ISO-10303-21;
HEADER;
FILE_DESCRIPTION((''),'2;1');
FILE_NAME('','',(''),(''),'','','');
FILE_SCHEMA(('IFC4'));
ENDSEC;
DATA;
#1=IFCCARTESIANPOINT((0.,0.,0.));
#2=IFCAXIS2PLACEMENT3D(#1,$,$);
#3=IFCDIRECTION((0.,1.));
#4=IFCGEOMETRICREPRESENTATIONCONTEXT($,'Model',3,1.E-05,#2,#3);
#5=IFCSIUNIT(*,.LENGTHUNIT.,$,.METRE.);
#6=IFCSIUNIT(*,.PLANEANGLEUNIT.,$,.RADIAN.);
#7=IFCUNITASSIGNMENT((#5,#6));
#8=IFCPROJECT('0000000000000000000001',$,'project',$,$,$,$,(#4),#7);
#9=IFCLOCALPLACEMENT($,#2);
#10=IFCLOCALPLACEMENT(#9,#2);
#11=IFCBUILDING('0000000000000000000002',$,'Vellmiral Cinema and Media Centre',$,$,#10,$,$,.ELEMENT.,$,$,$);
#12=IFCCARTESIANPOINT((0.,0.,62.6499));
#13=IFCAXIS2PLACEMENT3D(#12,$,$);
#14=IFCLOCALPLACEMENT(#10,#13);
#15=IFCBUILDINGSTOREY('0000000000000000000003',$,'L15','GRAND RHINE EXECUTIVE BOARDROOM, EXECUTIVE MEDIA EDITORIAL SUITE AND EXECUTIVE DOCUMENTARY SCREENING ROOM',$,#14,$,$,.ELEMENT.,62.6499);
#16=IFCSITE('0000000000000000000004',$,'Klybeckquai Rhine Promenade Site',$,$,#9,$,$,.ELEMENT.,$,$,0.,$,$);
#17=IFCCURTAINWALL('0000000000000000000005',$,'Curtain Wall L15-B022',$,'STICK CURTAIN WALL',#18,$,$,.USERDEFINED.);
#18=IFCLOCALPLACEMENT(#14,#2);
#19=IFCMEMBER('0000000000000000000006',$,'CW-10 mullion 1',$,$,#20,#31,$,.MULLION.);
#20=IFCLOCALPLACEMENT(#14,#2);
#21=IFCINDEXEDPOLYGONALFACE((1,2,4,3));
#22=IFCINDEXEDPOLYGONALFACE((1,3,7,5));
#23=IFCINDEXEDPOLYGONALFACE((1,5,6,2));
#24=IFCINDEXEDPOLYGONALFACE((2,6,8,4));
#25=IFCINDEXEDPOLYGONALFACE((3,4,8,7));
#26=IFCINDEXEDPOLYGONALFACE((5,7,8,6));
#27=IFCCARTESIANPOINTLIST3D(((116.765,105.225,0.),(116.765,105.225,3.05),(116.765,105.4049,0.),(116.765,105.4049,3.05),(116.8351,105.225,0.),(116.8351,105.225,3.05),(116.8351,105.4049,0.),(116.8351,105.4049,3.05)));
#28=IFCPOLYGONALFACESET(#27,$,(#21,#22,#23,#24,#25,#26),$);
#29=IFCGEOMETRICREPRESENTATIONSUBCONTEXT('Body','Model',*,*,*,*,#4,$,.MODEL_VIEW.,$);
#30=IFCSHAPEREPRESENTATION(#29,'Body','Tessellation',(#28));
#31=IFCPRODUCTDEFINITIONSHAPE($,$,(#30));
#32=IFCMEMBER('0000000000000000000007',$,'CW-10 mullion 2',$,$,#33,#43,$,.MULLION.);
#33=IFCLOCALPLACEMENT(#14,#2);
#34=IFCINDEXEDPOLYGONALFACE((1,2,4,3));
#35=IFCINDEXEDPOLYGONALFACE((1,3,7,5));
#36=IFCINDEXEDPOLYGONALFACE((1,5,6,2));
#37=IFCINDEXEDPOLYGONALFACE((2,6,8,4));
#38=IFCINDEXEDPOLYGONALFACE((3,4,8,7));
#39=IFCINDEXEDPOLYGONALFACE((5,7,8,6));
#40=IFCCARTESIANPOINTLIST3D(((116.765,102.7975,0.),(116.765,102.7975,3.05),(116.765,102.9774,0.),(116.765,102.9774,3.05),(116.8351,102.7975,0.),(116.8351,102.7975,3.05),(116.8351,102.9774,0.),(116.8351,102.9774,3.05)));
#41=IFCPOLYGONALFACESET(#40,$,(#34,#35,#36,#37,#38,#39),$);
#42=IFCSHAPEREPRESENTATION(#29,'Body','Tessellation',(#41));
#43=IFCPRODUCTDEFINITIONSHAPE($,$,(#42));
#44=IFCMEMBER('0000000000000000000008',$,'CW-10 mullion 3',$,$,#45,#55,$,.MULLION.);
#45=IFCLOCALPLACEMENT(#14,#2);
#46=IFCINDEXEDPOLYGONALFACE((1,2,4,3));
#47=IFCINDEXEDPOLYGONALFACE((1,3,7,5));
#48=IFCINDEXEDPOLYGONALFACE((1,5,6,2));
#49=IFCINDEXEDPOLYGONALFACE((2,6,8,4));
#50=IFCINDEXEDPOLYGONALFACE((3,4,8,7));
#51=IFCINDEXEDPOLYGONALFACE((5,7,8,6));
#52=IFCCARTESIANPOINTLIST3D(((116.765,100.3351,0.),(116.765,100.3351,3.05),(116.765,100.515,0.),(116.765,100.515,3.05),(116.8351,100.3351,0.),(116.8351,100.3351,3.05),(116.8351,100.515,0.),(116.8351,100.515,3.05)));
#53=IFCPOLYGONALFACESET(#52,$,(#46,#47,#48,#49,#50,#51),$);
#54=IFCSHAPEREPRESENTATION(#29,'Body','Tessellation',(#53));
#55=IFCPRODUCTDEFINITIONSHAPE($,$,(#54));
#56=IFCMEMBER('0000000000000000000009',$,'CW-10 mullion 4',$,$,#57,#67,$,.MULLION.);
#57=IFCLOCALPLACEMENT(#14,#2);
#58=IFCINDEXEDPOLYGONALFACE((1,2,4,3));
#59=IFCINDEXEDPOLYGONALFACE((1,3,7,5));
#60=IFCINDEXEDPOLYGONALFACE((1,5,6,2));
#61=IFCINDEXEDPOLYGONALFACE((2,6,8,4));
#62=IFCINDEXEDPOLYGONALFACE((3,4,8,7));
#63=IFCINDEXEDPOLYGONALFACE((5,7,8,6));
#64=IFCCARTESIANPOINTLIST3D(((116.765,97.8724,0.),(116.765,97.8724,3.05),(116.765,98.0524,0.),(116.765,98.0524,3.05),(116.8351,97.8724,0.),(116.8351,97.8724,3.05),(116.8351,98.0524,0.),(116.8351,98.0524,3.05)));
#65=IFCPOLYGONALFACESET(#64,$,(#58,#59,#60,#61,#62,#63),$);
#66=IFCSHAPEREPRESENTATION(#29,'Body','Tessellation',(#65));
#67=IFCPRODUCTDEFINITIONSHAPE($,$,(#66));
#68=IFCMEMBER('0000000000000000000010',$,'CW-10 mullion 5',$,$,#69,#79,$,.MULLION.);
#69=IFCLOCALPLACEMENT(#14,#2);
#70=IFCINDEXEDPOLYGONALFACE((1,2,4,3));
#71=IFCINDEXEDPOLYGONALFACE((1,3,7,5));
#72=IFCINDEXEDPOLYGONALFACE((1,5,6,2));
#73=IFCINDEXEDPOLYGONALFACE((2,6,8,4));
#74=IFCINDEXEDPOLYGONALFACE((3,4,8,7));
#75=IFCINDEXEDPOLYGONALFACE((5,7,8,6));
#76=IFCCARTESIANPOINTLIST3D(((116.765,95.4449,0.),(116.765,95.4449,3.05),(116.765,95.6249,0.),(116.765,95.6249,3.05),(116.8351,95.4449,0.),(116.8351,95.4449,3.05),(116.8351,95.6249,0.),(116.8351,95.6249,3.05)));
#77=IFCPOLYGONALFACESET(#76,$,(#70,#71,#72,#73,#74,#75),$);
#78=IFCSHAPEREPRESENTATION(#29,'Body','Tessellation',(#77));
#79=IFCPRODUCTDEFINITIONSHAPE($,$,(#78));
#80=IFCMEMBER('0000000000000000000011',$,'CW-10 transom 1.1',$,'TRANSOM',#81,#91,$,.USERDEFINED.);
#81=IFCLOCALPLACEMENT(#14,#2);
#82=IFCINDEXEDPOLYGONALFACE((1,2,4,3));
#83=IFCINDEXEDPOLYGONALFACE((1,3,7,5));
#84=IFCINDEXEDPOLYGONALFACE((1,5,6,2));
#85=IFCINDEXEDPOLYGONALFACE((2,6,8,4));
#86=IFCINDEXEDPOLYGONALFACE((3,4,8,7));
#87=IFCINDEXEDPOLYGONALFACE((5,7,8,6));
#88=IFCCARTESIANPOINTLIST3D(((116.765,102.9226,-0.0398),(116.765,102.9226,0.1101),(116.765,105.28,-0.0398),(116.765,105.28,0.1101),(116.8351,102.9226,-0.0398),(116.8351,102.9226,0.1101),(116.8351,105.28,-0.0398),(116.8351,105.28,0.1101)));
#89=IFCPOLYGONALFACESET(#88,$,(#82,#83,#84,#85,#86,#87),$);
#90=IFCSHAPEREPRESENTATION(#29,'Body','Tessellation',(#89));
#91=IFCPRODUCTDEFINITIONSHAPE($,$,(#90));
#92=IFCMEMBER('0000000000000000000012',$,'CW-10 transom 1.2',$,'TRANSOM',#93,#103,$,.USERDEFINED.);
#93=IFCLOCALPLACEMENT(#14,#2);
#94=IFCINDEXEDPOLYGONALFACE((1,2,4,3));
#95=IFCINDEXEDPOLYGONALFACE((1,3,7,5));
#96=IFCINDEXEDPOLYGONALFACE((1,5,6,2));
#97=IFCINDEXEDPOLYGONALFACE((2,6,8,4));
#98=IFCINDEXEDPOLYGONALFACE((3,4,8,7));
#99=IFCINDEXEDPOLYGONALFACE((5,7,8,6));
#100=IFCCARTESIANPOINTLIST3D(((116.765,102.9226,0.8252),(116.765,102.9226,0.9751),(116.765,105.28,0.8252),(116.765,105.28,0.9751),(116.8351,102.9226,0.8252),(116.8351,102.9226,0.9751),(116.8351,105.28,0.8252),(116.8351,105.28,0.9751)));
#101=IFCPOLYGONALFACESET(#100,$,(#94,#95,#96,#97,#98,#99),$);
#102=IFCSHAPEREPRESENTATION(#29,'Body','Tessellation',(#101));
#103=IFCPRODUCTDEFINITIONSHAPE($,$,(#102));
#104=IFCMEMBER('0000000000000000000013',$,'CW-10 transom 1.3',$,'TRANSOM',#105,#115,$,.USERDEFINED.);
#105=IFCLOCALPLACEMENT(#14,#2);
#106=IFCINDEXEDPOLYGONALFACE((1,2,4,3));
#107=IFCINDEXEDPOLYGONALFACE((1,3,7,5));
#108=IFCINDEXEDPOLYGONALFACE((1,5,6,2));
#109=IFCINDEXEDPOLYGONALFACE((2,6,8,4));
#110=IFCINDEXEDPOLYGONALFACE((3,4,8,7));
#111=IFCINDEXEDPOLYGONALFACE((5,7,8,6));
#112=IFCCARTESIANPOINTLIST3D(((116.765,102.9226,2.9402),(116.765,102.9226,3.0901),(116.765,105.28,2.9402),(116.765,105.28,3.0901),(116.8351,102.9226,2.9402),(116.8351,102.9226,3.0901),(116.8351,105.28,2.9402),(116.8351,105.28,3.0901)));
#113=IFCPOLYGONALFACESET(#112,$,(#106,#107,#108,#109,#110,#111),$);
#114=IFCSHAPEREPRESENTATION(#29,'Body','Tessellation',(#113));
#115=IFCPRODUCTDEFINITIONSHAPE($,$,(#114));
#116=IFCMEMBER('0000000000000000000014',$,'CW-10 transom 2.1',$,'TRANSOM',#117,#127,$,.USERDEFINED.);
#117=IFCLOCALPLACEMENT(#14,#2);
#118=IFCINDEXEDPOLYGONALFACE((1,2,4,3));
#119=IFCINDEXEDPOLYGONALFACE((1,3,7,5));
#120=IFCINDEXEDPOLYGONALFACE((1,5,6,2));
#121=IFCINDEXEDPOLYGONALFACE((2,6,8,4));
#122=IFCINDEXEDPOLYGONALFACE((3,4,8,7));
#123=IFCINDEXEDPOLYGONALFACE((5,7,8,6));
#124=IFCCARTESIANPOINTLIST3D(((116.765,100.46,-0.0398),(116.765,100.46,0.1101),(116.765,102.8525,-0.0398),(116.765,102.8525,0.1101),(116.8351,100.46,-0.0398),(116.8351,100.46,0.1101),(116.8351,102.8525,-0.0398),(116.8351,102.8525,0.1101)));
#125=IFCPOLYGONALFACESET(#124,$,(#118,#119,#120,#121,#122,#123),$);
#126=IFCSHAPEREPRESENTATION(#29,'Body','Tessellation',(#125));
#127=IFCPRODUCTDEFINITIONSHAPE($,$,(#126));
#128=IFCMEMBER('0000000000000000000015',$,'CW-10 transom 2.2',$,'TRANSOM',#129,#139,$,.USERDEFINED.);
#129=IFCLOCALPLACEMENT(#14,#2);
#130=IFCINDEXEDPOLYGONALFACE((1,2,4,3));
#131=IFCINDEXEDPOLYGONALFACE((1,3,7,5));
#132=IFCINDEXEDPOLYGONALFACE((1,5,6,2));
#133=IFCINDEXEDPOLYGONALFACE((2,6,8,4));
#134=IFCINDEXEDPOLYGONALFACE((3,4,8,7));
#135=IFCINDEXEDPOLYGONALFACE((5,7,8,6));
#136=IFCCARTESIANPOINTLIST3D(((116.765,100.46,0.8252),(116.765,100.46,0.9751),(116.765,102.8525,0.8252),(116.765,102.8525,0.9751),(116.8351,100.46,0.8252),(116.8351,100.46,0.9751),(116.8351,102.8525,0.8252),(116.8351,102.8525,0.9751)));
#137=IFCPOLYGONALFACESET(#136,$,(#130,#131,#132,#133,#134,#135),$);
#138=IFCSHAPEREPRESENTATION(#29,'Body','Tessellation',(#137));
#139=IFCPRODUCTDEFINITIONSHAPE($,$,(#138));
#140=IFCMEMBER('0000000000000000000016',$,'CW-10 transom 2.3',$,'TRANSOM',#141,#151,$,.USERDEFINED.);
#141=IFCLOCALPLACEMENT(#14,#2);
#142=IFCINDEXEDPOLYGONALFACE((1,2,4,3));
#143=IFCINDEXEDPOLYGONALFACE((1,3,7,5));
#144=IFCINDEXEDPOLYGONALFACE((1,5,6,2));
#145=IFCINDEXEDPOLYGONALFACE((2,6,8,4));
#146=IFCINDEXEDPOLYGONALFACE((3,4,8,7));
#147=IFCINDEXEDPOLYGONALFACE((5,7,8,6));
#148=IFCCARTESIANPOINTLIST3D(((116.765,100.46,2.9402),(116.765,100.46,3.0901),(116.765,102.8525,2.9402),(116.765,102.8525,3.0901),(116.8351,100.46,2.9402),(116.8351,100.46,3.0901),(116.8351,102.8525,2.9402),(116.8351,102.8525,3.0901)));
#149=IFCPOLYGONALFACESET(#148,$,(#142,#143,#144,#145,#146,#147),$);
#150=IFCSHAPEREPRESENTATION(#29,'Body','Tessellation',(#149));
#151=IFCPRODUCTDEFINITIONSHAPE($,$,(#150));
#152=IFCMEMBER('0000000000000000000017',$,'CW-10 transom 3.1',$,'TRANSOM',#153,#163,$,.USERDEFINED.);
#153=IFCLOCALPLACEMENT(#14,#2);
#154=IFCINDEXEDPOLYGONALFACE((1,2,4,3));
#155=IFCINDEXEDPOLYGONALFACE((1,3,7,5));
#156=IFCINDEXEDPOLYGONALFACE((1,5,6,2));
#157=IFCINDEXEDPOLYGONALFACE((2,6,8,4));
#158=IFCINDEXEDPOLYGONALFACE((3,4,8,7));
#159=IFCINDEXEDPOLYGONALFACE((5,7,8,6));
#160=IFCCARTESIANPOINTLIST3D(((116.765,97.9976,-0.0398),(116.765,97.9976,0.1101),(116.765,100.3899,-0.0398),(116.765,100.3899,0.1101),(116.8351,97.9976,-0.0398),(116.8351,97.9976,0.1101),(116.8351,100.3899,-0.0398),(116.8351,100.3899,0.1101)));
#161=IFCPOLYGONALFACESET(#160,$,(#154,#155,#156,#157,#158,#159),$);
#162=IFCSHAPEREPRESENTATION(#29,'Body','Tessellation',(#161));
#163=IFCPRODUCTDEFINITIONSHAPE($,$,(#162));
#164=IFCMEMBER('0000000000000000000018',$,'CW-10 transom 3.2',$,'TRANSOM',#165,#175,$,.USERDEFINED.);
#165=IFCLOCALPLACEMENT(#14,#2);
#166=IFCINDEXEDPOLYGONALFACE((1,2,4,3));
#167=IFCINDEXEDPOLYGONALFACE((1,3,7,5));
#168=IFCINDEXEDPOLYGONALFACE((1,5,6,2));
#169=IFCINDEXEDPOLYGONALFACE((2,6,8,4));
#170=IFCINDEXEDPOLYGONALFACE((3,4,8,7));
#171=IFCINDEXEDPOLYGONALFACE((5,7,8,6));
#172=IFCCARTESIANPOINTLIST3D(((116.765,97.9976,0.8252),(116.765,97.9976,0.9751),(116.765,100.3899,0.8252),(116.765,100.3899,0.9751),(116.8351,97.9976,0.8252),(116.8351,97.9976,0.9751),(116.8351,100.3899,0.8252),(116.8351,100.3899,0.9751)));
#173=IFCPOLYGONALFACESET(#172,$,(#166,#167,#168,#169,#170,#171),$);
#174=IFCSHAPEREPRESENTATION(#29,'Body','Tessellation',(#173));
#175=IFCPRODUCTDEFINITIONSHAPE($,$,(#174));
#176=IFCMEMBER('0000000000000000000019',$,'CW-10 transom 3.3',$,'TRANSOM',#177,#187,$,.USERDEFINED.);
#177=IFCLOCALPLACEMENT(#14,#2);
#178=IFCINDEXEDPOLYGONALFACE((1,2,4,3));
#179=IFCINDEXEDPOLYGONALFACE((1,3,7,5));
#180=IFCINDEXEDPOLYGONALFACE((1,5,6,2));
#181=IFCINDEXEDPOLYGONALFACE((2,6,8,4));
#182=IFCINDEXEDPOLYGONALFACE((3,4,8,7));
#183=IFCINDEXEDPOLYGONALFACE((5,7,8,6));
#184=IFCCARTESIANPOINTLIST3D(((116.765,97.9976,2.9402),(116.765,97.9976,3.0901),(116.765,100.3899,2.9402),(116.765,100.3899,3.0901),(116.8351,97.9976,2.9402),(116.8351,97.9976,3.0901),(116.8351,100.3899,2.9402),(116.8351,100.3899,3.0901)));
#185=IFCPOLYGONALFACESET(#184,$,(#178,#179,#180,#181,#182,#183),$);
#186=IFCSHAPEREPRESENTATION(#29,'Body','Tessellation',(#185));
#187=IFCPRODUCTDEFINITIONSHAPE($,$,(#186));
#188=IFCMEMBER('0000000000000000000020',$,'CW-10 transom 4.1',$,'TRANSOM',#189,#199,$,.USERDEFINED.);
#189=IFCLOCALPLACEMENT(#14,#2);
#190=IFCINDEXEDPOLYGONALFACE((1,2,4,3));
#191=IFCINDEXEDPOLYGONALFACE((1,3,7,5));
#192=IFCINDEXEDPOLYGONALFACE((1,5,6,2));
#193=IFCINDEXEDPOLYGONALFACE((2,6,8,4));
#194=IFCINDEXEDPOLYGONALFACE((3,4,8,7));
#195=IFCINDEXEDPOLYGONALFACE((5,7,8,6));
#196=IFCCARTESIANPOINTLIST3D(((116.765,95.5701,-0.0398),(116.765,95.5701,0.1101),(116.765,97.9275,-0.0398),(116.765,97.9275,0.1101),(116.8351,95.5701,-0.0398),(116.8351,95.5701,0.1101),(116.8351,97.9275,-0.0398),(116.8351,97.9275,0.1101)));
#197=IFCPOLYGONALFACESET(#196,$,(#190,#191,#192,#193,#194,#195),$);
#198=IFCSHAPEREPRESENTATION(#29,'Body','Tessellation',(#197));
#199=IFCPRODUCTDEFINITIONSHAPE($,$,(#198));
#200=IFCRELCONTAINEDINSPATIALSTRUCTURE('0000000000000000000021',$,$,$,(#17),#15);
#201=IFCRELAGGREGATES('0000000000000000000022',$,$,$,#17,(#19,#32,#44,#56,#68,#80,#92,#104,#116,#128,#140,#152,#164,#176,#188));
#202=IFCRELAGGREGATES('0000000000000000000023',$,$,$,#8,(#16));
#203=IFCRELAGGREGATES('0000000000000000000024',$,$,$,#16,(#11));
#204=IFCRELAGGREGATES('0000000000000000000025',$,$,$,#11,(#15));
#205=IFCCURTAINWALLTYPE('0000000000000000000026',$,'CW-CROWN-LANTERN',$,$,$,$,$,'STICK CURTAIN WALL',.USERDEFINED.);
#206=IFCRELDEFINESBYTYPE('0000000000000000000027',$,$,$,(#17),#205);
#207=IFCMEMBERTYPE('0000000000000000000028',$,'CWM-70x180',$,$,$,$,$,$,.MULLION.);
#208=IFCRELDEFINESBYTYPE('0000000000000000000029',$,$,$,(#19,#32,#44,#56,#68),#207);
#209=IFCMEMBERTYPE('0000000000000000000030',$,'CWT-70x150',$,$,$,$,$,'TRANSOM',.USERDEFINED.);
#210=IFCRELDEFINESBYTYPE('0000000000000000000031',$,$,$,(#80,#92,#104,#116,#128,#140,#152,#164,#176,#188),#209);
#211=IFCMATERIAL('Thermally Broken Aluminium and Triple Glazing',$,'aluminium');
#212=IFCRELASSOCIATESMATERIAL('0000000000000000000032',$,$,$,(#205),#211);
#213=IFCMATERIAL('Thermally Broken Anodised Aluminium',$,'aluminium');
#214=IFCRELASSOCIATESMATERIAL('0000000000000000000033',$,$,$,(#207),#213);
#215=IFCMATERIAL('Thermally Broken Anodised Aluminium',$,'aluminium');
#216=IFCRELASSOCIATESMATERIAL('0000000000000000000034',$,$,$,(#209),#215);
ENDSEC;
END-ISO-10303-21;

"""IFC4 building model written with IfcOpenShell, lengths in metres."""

from ifc_helpers import new_model, si_unit, direction, frame, origin, origin_2d, place, context, subcontext, project, spatial, rectangle, extrude, material, material_profile, profile_set, type_object, element, aggregate, save


model = new_model("IFC4")

# Units and contexts
model_context = context("Model", 3, precision=1e-05, world=origin(), true_north=direction((0.0, 1.0)))
body_context = subcontext(model_context, "Body", "Model", "MODEL_VIEW")
ifc_project = project(units=[si_unit("LENGTHUNIT", "METRE"), si_unit("PLANEANGLEUNIT", "RADIAN")], contexts=[model_context])

# Site, building, storey
site_placement = place(None, origin())
site = spatial("IfcSite", under=ifc_project, at=site_placement, Name="Klybeckquai Rhine Promenade Site", CompositionType="ELEMENT", RefElevation=0.0)
building_placement = place(site_placement, origin())
building = spatial("IfcBuilding", under=site, at=building_placement, Name="Vellmiral Cinema and Media Centre", CompositionType="ELEMENT")
storey_placement = place(building_placement, frame((0.0, 0.0, 62.6499)))
storey = spatial("IfcBuildingStorey", under=building, at=storey_placement, Name="L15", Description="GRAND RHINE EXECUTIVE BOARDROOM, EXECUTIVE MEDIA EDITORIAL SUITE AND EXECUTIVE DOCUMENTARY SCREENING ROOM", CompositionType="ELEMENT", Elevation=62.6499)

# Curtain wall, members
ifc_material_1 = material(Name="Thermally Broken Aluminium and Triple Glazing", Category="aluminium")
curtain_wall_type = type_object("IfcCurtainWallType", Name="CW-CROWN-LANTERN", ElementType="STICK CURTAIN WALL", PredefinedType="USERDEFINED", material=ifc_material_1)
curtain_wall_placement = place(storey_placement, origin())
curtain_wall = element("IfcCurtainWall", 1, at=curtain_wall_placement, inside=storey, type_object=curtain_wall_type, Name="Curtain Wall L15-B022", ObjectType="STICK CURTAIN WALL", PredefinedType="USERDEFINED")
ifc_material_2 = material(Name="Thermally Broken Anodised Aluminium", Category="aluminium")
ifc_material_profile_1 = material_profile(ifc_material_2, rectangle(XDim=0.0701, YDim=0.1799, at=origin_2d()), Name="MULL 70x180")
ifc_profile_set_1 = profile_set([ifc_material_profile_1], Name="Thermally Broken Anodised Aluminium")
member_type_1 = type_object("IfcMemberType", Name="CWM-70x180", PredefinedType="MULLION", material=ifc_profile_set_1)
member_1_placement = place(storey_placement, frame((116.8, 105.3149, 0.0), z_axis=(0.0, 0.0, 1.0), x_axis=(1.0, 0.0, 0.0)))
member_1 = element("IfcMember", 2, at=member_1_placement, type_object=member_type_1, Name="CW-10 mullion 1", PredefinedType="MULLION", context=body_context, shape_type="SweptSolid", body=[
    extrude(rectangle(XDim=0.0701, YDim=0.1799, at=origin_2d()), origin(), (0.0, 0.0, 1.0), 3.05),
])
member_2_placement = place(storey_placement, frame((116.8, 102.8875, 0.0), z_axis=(0.0, 0.0, 1.0), x_axis=(1.0, 0.0, 0.0)))
member_2 = element("IfcMember", 3, at=member_2_placement, type_object=member_type_1, Name="CW-10 mullion 2", PredefinedType="MULLION", context=body_context, shape_type="SweptSolid", body=[
    extrude(rectangle(XDim=0.0701, YDim=0.1799, at=origin_2d()), origin(), (0.0, 0.0, 1.0), 3.05),
])
member_3_placement = place(storey_placement, frame((116.8, 100.425, 0.0), z_axis=(0.0, 0.0, 1.0), x_axis=(1.0, 0.0, 0.0)))
member_3 = element("IfcMember", 4, at=member_3_placement, type_object=member_type_1, Name="CW-10 mullion 3", PredefinedType="MULLION", context=body_context, shape_type="SweptSolid", body=[
    extrude(rectangle(XDim=0.0701, YDim=0.1799, at=origin_2d()), origin(), (0.0, 0.0, 1.0), 3.05),
])
member_4_placement = place(storey_placement, frame((116.8, 97.9624, 0.0), z_axis=(0.0, 0.0, 1.0), x_axis=(1.0, 0.0, 0.0)))
member_4 = element("IfcMember", 5, at=member_4_placement, type_object=member_type_1, Name="CW-10 mullion 4", PredefinedType="MULLION", context=body_context, shape_type="SweptSolid", body=[
    extrude(rectangle(XDim=0.0701, YDim=0.1799, at=origin_2d()), origin(), (0.0, 0.0, 1.0), 3.05),
])
member_5_placement = place(storey_placement, frame((116.8, 95.5349, 0.0), z_axis=(0.0, 0.0, 1.0), x_axis=(1.0, 0.0, 0.0)))
member_5 = element("IfcMember", 6, at=member_5_placement, type_object=member_type_1, Name="CW-10 mullion 5", PredefinedType="MULLION", context=body_context, shape_type="SweptSolid", body=[
    extrude(rectangle(XDim=0.0701, YDim=0.1799, at=origin_2d()), origin(), (0.0, 0.0, 1.0), 3.05),
])
ifc_material_3 = material(Name="Thermally Broken Anodised Aluminium", Category="aluminium")
ifc_material_profile_2 = material_profile(ifc_material_3, rectangle(XDim=0.0701, YDim=0.1499, at=origin_2d()), Name="MULL 70x150")
ifc_profile_set_2 = profile_set([ifc_material_profile_2], Name="Thermally Broken Anodised Aluminium")
member_type_2 = type_object("IfcMemberType", Name="CWT-70x150", ElementType="TRANSOM", PredefinedType="USERDEFINED", material=ifc_profile_set_2)
member_6_placement = place(storey_placement, frame((116.8, 105.28, 0.0352), z_axis=(0.0, -1.0, 0.0), x_axis=(1.0, 0.0, 0.0)))
member_6 = element("IfcMember", 7, at=member_6_placement, type_object=member_type_2, Name="CW-10 transom 1.1", ObjectType="TRANSOM", PredefinedType="USERDEFINED", context=body_context, shape_type="SweptSolid", body=[
    extrude(rectangle(XDim=0.0701, YDim=0.1499, at=origin_2d()), origin(), (0.0, 0.0, 1.0), 2.3574),
])
member_7_placement = place(storey_placement, frame((116.8, 105.28, 0.9001), z_axis=(0.0, -1.0, 0.0), x_axis=(1.0, 0.0, 0.0)))
member_7 = element("IfcMember", 8, at=member_7_placement, type_object=member_type_2, Name="CW-10 transom 1.2", ObjectType="TRANSOM", PredefinedType="USERDEFINED", context=body_context, shape_type="SweptSolid", body=[
    extrude(rectangle(XDim=0.0701, YDim=0.1499, at=origin_2d()), origin(), (0.0, 0.0, 1.0), 2.3574),
])
member_8_placement = place(storey_placement, frame((116.8, 105.28, 3.0151), z_axis=(0.0, -1.0, 0.0), x_axis=(1.0, 0.0, 0.0)))
member_8 = element("IfcMember", 9, at=member_8_placement, type_object=member_type_2, Name="CW-10 transom 1.3", ObjectType="TRANSOM", PredefinedType="USERDEFINED", context=body_context, shape_type="SweptSolid", body=[
    extrude(rectangle(XDim=0.0701, YDim=0.1499, at=origin_2d()), origin(), (0.0, 0.0, 1.0), 2.3574),
])
member_9_placement = place(storey_placement, frame((116.8, 102.8525, 0.0352), z_axis=(0.0, -1.0, 0.0), x_axis=(1.0, 0.0, 0.0)))
member_9 = element("IfcMember", 10, at=member_9_placement, type_object=member_type_2, Name="CW-10 transom 2.1", ObjectType="TRANSOM", PredefinedType="USERDEFINED", context=body_context, shape_type="SweptSolid", body=[
    extrude(rectangle(XDim=0.0701, YDim=0.1499, at=origin_2d()), origin(), (0.0, 0.0, 1.0), 2.3926),
])
member_10_placement = place(storey_placement, frame((116.8, 102.8525, 0.9001), z_axis=(0.0, -1.0, 0.0), x_axis=(1.0, 0.0, 0.0)))
member_10 = element("IfcMember", 11, at=member_10_placement, type_object=member_type_2, Name="CW-10 transom 2.2", ObjectType="TRANSOM", PredefinedType="USERDEFINED", context=body_context, shape_type="SweptSolid", body=[
    extrude(rectangle(XDim=0.0701, YDim=0.1499, at=origin_2d()), origin(), (0.0, 0.0, 1.0), 2.3926),
])
member_11_placement = place(storey_placement, frame((116.8, 102.8525, 3.0151), z_axis=(0.0, -1.0, 0.0), x_axis=(1.0, 0.0, 0.0)))
member_11 = element("IfcMember", 12, at=member_11_placement, type_object=member_type_2, Name="CW-10 transom 2.3", ObjectType="TRANSOM", PredefinedType="USERDEFINED", context=body_context, shape_type="SweptSolid", body=[
    extrude(rectangle(XDim=0.0701, YDim=0.1499, at=origin_2d()), origin(), (0.0, 0.0, 1.0), 2.3926),
])
member_12_placement = place(storey_placement, frame((116.8, 100.3899, 0.0352), z_axis=(0.0, -1.0, 0.0), x_axis=(1.0, 0.0, 0.0)))
member_12 = element("IfcMember", 13, at=member_12_placement, type_object=member_type_2, Name="CW-10 transom 3.1", ObjectType="TRANSOM", PredefinedType="USERDEFINED", context=body_context, shape_type="SweptSolid", body=[
    extrude(rectangle(XDim=0.0701, YDim=0.1499, at=origin_2d()), origin(), (0.0, 0.0, 1.0), 2.3923),
])
member_13_placement = place(storey_placement, frame((116.8, 100.3899, 0.9001), z_axis=(0.0, -1.0, 0.0), x_axis=(1.0, 0.0, 0.0)))
member_13 = element("IfcMember", 14, at=member_13_placement, type_object=member_type_2, Name="CW-10 transom 3.2", ObjectType="TRANSOM", PredefinedType="USERDEFINED", context=body_context, shape_type="SweptSolid", body=[
    extrude(rectangle(XDim=0.0701, YDim=0.1499, at=origin_2d()), origin(), (0.0, 0.0, 1.0), 2.3923),
])
member_14_placement = place(storey_placement, frame((116.8, 100.3899, 3.0151), z_axis=(0.0, -1.0, 0.0), x_axis=(1.0, 0.0, 0.0)))
member_14 = element("IfcMember", 15, at=member_14_placement, type_object=member_type_2, Name="CW-10 transom 3.3", ObjectType="TRANSOM", PredefinedType="USERDEFINED", context=body_context, shape_type="SweptSolid", body=[
    extrude(rectangle(XDim=0.0701, YDim=0.1499, at=origin_2d()), origin(), (0.0, 0.0, 1.0), 2.3923),
])
member_15_placement = place(storey_placement, frame((116.8, 97.9275, 0.0352), z_axis=(0.0, -1.0, 0.0), x_axis=(1.0, 0.0, 0.0)))
member_15 = element("IfcMember", 16, at=member_15_placement, type_object=member_type_2, Name="CW-10 transom 4.1", ObjectType="TRANSOM", PredefinedType="USERDEFINED", context=body_context, shape_type="SweptSolid", body=[
    extrude(rectangle(XDim=0.0701, YDim=0.1499, at=origin_2d()), origin(), (0.0, 0.0, 1.0), 2.3574),
])

aggregate(curtain_wall, [member_1, member_2, member_3, member_4, member_5, member_6, member_7, member_8, member_9, member_10, member_11, member_12, member_13, member_14, member_15])

save(model, "model.ifc")
